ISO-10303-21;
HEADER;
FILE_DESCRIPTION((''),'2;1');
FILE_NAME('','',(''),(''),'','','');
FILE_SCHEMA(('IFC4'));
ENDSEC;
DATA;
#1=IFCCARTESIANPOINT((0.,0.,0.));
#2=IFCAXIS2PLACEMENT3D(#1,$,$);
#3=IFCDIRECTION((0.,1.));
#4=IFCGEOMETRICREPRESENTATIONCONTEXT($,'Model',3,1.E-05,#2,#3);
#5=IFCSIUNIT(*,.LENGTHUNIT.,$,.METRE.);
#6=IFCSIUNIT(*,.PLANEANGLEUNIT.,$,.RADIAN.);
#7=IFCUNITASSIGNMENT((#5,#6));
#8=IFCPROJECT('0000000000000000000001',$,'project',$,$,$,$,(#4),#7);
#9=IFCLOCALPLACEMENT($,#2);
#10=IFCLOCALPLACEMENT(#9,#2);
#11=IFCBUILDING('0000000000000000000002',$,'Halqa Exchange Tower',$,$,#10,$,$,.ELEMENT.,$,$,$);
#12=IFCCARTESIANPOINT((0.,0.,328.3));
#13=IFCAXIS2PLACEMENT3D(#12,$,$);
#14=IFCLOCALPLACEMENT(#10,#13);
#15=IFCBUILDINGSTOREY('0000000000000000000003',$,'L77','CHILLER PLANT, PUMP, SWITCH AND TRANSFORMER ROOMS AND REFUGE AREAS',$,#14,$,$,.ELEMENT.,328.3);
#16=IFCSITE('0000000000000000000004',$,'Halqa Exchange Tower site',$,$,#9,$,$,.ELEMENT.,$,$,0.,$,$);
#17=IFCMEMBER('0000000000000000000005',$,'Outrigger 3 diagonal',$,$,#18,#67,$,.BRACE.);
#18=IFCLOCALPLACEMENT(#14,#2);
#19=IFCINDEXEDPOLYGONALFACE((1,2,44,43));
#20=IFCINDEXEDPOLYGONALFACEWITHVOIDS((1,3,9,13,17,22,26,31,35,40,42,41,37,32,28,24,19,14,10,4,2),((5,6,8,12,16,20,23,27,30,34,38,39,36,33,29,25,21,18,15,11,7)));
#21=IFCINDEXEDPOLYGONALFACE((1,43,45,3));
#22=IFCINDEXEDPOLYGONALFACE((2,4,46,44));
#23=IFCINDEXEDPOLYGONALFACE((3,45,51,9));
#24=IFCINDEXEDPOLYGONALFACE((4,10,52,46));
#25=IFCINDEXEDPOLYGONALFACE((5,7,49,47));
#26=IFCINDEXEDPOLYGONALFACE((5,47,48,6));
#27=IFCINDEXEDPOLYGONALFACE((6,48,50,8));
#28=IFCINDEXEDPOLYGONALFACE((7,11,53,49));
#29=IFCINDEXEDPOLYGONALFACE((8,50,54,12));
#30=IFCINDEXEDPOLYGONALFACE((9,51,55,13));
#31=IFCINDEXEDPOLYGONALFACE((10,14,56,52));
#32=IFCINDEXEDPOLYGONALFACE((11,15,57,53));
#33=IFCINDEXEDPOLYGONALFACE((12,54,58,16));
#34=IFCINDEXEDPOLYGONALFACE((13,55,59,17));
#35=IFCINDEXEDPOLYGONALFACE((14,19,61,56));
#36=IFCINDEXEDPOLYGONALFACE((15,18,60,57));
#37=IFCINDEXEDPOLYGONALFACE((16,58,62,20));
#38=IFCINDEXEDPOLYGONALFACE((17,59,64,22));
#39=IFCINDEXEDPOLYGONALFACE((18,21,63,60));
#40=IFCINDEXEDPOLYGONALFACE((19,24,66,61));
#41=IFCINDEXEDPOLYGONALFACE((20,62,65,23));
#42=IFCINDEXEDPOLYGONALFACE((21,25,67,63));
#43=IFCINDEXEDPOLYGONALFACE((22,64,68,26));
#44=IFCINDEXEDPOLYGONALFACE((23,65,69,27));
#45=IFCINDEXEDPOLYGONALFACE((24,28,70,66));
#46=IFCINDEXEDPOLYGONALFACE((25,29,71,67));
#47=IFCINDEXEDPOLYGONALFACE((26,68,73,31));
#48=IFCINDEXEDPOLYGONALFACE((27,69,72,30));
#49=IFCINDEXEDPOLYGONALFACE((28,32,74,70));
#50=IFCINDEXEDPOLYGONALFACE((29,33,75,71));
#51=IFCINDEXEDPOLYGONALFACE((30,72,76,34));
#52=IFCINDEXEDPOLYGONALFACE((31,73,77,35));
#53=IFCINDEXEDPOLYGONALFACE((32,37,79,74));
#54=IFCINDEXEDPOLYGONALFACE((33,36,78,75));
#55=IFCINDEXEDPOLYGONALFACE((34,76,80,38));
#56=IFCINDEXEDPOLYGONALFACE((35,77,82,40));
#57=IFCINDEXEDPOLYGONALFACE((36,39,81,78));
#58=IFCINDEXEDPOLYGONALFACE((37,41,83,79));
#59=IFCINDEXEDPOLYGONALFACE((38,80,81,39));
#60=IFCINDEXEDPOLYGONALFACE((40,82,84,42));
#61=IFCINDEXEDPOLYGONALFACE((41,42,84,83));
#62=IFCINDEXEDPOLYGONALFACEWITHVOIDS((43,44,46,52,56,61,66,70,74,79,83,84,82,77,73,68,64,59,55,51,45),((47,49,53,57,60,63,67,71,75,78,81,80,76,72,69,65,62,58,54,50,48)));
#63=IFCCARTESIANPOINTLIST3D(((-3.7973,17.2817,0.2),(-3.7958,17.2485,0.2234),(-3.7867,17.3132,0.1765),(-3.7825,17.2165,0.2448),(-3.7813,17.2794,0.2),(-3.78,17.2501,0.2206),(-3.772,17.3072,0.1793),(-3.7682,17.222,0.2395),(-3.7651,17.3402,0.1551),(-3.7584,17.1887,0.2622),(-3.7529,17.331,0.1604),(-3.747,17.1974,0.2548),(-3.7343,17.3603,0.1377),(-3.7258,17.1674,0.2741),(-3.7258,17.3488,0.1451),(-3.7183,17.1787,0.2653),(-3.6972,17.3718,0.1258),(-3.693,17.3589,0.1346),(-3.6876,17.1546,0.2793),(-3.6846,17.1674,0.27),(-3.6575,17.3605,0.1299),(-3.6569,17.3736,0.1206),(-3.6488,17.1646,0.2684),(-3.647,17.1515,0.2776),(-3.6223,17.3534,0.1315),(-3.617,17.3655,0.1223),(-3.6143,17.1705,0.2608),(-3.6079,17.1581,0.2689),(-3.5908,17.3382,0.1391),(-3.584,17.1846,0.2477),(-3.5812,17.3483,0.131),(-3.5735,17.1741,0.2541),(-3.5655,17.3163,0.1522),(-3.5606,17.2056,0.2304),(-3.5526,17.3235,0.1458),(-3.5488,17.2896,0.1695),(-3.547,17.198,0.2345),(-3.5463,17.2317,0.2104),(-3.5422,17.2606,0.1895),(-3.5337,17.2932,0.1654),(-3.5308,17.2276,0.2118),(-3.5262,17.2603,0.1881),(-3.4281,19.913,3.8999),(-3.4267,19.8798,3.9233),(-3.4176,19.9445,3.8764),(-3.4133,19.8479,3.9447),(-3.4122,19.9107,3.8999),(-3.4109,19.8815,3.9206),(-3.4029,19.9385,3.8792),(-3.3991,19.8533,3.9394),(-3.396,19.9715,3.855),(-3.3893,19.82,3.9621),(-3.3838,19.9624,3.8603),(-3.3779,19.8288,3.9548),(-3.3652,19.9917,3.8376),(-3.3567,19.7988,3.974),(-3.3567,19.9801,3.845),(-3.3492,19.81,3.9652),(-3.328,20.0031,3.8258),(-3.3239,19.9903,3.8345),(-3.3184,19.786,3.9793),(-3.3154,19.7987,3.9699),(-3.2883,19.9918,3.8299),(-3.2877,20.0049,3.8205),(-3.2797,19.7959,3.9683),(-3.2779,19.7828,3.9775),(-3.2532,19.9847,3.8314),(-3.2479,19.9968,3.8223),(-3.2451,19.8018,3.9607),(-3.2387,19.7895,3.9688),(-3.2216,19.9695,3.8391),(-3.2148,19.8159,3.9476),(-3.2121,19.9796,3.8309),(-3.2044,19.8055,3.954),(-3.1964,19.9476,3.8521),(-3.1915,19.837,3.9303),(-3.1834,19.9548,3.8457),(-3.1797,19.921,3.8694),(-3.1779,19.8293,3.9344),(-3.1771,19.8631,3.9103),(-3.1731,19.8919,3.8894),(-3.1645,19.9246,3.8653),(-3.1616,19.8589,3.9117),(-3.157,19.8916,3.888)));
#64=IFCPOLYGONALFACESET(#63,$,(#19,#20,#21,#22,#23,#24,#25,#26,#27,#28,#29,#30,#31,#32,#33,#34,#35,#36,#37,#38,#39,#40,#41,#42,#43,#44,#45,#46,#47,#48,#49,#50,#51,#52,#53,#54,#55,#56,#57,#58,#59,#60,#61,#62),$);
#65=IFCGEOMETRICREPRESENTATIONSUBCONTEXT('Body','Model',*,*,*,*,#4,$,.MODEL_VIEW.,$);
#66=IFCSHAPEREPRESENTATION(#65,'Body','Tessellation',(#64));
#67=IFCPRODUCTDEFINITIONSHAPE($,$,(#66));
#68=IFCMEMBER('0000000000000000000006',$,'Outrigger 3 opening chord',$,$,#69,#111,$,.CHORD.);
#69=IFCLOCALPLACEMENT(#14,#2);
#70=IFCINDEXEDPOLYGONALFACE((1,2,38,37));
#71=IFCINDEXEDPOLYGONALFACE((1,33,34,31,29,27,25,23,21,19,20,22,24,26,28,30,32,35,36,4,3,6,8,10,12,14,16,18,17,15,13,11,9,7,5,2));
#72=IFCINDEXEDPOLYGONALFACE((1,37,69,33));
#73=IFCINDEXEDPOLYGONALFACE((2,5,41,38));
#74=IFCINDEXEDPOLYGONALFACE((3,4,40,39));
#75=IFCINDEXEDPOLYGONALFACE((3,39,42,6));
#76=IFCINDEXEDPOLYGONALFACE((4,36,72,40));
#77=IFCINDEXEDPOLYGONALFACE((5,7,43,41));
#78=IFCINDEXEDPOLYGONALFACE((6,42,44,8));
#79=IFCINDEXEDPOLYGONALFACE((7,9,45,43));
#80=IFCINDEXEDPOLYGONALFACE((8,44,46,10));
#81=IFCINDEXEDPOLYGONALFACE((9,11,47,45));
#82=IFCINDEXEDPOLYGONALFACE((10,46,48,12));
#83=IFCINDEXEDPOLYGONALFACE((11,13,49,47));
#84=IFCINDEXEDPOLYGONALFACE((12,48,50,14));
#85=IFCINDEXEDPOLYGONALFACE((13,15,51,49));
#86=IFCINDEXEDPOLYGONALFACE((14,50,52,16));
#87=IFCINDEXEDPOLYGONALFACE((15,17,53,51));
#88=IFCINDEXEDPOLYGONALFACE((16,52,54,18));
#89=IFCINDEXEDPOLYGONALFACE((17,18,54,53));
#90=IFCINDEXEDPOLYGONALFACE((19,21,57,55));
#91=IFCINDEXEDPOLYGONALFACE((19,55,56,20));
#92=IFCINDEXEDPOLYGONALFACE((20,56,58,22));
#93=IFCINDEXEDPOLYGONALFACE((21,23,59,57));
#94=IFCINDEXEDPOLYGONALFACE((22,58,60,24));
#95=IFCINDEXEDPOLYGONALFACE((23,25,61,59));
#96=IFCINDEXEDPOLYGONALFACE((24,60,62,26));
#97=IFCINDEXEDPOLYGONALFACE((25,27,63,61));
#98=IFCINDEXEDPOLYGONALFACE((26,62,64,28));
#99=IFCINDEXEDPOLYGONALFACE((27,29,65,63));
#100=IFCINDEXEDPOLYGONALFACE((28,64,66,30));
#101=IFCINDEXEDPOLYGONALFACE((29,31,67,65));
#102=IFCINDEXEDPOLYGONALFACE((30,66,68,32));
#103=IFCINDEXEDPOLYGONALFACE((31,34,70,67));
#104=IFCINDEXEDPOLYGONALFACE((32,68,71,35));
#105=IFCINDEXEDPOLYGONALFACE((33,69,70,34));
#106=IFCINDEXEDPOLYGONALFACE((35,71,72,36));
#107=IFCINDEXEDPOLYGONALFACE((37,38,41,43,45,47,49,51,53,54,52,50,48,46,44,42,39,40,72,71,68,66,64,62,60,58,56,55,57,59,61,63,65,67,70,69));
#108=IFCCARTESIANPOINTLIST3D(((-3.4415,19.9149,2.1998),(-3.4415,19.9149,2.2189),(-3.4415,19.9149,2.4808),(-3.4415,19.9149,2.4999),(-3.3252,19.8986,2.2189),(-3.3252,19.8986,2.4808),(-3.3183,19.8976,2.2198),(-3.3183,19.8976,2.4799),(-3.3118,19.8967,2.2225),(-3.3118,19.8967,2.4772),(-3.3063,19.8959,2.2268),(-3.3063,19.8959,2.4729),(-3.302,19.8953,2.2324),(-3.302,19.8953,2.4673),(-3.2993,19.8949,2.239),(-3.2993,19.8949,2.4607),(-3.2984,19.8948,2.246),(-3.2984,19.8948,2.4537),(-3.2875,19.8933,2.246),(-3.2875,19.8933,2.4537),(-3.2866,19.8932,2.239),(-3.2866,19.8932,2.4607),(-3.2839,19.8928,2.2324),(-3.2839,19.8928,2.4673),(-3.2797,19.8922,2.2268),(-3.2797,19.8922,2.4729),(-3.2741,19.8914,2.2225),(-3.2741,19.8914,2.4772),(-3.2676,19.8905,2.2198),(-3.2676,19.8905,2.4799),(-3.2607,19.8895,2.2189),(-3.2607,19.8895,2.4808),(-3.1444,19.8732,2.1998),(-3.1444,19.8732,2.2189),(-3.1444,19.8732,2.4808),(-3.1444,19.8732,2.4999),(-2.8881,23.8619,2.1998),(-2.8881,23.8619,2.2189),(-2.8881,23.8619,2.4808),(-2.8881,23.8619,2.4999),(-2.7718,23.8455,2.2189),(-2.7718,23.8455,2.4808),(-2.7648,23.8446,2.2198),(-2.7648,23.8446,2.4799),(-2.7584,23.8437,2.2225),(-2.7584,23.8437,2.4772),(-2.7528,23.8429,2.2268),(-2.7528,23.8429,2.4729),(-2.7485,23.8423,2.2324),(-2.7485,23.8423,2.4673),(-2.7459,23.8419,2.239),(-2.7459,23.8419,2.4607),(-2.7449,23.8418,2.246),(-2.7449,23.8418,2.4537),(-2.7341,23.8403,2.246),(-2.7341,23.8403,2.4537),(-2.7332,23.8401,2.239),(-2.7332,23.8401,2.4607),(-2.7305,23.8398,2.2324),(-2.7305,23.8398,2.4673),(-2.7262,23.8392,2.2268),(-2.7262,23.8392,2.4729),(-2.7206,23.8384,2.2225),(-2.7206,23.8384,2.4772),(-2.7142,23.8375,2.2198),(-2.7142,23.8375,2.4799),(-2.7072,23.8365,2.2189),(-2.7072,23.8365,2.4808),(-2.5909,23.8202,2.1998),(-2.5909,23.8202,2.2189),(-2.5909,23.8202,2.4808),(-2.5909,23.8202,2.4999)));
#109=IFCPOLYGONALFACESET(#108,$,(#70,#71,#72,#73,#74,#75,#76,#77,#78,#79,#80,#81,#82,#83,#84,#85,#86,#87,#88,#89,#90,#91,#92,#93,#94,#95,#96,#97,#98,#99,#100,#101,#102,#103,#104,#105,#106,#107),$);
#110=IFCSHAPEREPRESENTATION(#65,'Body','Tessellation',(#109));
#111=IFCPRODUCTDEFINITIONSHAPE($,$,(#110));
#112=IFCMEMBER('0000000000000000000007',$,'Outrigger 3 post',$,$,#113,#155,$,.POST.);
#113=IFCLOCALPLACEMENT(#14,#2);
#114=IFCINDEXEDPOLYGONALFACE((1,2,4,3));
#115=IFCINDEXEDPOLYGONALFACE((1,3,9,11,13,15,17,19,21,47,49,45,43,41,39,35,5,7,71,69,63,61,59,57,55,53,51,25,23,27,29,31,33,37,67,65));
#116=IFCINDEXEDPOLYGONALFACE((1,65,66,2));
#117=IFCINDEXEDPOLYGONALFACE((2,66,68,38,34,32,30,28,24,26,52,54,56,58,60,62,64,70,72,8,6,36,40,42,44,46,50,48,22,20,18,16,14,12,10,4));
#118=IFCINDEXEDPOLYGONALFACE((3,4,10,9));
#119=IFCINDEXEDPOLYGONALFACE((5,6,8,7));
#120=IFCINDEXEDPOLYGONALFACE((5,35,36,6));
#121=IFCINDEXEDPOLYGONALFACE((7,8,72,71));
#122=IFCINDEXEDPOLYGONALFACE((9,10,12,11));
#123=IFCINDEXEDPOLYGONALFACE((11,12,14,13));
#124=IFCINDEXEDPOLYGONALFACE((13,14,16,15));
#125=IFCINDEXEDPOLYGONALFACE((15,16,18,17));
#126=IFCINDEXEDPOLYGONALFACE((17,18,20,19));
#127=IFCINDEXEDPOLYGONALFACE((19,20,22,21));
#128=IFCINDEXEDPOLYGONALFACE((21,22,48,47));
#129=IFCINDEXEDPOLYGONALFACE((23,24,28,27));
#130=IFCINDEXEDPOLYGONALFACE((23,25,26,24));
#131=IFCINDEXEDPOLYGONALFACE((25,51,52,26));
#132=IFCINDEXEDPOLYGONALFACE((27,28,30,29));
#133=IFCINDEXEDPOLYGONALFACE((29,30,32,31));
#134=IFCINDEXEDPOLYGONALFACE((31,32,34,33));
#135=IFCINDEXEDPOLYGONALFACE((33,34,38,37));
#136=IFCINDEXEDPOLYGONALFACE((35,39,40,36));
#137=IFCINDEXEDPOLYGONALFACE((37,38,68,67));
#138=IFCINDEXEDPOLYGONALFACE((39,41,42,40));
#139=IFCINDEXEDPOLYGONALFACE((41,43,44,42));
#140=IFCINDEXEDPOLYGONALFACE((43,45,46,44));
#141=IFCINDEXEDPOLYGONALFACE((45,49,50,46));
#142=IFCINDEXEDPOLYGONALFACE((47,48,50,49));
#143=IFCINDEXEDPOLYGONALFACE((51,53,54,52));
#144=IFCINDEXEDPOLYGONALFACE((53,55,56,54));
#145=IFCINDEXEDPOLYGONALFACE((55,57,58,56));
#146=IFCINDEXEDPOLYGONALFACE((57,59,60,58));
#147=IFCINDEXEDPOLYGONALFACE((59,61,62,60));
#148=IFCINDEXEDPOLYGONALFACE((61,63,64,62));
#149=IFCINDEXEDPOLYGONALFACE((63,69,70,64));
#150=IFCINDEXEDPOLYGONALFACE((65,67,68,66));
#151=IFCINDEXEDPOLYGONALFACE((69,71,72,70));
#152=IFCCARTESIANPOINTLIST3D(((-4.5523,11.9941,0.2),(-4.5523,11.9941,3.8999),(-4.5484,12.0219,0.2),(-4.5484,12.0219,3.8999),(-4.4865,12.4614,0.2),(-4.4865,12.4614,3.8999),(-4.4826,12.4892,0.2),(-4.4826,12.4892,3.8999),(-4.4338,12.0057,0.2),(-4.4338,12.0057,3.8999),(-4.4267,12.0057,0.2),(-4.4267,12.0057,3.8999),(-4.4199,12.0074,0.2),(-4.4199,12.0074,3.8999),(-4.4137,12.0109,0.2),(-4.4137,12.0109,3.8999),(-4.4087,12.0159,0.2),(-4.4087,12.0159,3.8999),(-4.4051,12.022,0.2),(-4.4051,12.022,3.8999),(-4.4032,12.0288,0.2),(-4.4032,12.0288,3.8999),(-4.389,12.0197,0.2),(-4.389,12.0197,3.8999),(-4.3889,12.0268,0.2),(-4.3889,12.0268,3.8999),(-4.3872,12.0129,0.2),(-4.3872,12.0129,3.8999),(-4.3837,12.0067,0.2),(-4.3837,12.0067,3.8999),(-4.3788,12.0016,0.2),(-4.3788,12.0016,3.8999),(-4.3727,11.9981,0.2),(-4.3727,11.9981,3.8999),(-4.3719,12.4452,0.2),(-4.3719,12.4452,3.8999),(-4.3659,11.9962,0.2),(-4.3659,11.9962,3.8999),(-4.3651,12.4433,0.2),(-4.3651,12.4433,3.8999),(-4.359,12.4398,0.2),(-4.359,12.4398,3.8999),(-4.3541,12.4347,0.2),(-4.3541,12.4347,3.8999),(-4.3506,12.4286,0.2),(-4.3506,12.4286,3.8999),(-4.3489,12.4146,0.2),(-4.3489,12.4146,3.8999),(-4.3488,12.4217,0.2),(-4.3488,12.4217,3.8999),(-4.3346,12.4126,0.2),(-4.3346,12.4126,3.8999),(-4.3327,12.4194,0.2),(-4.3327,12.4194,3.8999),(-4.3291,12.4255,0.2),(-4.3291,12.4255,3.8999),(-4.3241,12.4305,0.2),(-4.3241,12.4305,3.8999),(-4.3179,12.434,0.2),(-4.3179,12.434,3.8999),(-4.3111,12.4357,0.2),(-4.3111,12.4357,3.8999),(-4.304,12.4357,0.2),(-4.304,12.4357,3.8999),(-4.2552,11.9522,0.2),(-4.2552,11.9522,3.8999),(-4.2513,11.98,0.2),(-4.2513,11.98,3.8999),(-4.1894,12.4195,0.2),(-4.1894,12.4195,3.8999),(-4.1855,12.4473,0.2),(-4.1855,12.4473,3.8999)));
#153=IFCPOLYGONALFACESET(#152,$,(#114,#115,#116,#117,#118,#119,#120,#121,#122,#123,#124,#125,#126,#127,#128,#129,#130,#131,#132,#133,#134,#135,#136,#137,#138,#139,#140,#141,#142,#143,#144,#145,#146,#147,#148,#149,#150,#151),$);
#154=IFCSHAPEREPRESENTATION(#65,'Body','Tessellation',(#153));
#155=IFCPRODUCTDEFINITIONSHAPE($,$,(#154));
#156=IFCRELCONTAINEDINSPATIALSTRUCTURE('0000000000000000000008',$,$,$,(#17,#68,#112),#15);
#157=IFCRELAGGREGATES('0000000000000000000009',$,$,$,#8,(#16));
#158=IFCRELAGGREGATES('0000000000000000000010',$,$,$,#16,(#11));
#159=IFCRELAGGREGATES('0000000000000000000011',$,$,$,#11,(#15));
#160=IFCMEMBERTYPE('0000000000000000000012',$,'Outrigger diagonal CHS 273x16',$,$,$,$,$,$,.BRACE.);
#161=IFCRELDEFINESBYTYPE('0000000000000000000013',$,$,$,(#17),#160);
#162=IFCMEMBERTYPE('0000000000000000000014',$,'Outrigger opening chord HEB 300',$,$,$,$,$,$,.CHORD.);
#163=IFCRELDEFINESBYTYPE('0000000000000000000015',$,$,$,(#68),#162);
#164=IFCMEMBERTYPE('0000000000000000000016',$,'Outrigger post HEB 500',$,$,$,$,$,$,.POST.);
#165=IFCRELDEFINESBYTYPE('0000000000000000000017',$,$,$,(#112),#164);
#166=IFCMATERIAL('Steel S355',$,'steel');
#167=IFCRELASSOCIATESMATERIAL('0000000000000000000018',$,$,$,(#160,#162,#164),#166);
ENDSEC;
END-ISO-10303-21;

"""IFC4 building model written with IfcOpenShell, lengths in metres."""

from ifc_helpers import new_model, si_unit, direction, frame, origin, origin_2d, place, context, subcontext, project, spatial, hollow_circle, i_section, extrude, material, material_profile, profile_set, type_object, element, save


model = new_model("IFC4")

# Units and contexts
model_context = context("Model", 3, precision=1e-05, world=origin(), true_north=direction((0.0, 1.0)))
body_context = subcontext(model_context, "Body", "Model", "MODEL_VIEW")
ifc_project = project(units=[si_unit("LENGTHUNIT", "METRE"), si_unit("PLANEANGLEUNIT", "RADIAN")], contexts=[model_context])

# Site, building, storey
site_placement = place(None, origin())
site = spatial("IfcSite", under=ifc_project, at=site_placement, Name="Halqa Exchange Tower site", CompositionType="ELEMENT", RefElevation=0.0)
building_placement = place(site_placement, origin())
building = spatial("IfcBuilding", under=site, at=building_placement, Name="Halqa Exchange Tower", CompositionType="ELEMENT")
storey_placement = place(building_placement, frame((0.0, 0.0, 328.3)))
storey = spatial("IfcBuildingStorey", under=building, at=storey_placement, Name="L77", Description="CHILLER PLANT, PUMP, SWITCH AND TRANSFORMER ROOMS AND REFUGE AREAS", CompositionType="ELEMENT", Elevation=328.3)

# Shared definitions
ifc_material_1 = material(Name="Steel S355", Category="steel")

# Members
ifc_material_profile_1 = material_profile(ifc_material_1, hollow_circle(Radius=0.1365, WallThickness=0.0161, at=origin_2d()), Name="CHS 273x16")
ifc_profile_set_1 = profile_set([ifc_material_profile_1], Name="Steel S355")
member_type_1 = type_object("IfcMemberType", Name="Outrigger diagonal CHS 273x16", PredefinedType="BRACE", material=ifc_profile_set_1)
for number, where, z_axis, x_axis, name in (
    (1, (-3.6621, 17.2627, 0.2), (0.081037, 0.577657, 0.812247), (-0.990303, 0.138925, 0.0), "Outrigger 3 diagonal"),
):
    element("IfcMember", number, at=place(storey_placement, frame(where, z_axis=z_axis, x_axis=x_axis)), inside=storey, type_object=member_type_1, Name=name, PredefinedType="BRACE", context=body_context, shape_type="SweptSolid", body=[
        extrude(hollow_circle(Radius=0.1365, WallThickness=0.0161, at=origin_2d()), origin(), (0.0, 0.0, 1.0), 4.5552),
    ])
ifc_material_profile_2 = material_profile(ifc_material_1, i_section(OverallWidth=0.3, OverallDepth=0.3, WebThickness=0.011, FlangeThickness=0.019, FilletRadius=0.0271, at=origin_2d()), Name="HEB 300")
ifc_profile_set_2 = profile_set([ifc_material_profile_2], Name="Steel S355")
member_type_2 = type_object("IfcMemberType", Name="Outrigger opening chord HEB 300", PredefinedType="CHORD", material=ifc_profile_set_2)
member_1_placement = place(storey_placement, frame((-3.293, 19.894, 2.3499), z_axis=(0.138865, 0.990311, 0.0), x_axis=(-0.990311, 0.138865, 0.0)))
element("IfcMember", 2, at=member_1_placement, inside=storey, type_object=member_type_2, Name="Outrigger 3 opening chord", PredefinedType="CHORD", context=body_context, shape_type="SweptSolid", body=[
    extrude(i_section(OverallWidth=0.3, OverallDepth=0.3, WebThickness=0.011, FlangeThickness=0.019, FilletRadius=0.0271, at=origin_2d()), origin(), (0.0, 0.0, 1.0), 3.9856),
])
ifc_material_profile_3 = material_profile(ifc_material_1, i_section(OverallWidth=0.3, OverallDepth=0.5, WebThickness=0.0144, FlangeThickness=0.0281, FilletRadius=0.0271, at=origin_2d()), Name="HEB 500")
ifc_profile_set_3 = profile_set([ifc_material_profile_3], Name="Steel S355")
member_type_3 = type_object("IfcMemberType", Name="Outrigger post HEB 500", PredefinedType="POST", material=ifc_profile_set_3)
member_2_placement = place(storey_placement, frame((-4.3689, 12.2207, 0.2), z_axis=(0.0, 0.0, 1.0), x_axis=(-0.990232, 0.139432, 0.0)))
element("IfcMember", 3, at=member_2_placement, inside=storey, type_object=member_type_3, Name="Outrigger 3 post", PredefinedType="POST", context=body_context, shape_type="SweptSolid", body=[
    extrude(i_section(OverallWidth=0.3, OverallDepth=0.5, WebThickness=0.0144, FlangeThickness=0.0281, FilletRadius=0.0271, at=origin_2d()), origin(), (0.0, 0.0, 1.0), 3.7),
])

save(model, "model.ifc")
